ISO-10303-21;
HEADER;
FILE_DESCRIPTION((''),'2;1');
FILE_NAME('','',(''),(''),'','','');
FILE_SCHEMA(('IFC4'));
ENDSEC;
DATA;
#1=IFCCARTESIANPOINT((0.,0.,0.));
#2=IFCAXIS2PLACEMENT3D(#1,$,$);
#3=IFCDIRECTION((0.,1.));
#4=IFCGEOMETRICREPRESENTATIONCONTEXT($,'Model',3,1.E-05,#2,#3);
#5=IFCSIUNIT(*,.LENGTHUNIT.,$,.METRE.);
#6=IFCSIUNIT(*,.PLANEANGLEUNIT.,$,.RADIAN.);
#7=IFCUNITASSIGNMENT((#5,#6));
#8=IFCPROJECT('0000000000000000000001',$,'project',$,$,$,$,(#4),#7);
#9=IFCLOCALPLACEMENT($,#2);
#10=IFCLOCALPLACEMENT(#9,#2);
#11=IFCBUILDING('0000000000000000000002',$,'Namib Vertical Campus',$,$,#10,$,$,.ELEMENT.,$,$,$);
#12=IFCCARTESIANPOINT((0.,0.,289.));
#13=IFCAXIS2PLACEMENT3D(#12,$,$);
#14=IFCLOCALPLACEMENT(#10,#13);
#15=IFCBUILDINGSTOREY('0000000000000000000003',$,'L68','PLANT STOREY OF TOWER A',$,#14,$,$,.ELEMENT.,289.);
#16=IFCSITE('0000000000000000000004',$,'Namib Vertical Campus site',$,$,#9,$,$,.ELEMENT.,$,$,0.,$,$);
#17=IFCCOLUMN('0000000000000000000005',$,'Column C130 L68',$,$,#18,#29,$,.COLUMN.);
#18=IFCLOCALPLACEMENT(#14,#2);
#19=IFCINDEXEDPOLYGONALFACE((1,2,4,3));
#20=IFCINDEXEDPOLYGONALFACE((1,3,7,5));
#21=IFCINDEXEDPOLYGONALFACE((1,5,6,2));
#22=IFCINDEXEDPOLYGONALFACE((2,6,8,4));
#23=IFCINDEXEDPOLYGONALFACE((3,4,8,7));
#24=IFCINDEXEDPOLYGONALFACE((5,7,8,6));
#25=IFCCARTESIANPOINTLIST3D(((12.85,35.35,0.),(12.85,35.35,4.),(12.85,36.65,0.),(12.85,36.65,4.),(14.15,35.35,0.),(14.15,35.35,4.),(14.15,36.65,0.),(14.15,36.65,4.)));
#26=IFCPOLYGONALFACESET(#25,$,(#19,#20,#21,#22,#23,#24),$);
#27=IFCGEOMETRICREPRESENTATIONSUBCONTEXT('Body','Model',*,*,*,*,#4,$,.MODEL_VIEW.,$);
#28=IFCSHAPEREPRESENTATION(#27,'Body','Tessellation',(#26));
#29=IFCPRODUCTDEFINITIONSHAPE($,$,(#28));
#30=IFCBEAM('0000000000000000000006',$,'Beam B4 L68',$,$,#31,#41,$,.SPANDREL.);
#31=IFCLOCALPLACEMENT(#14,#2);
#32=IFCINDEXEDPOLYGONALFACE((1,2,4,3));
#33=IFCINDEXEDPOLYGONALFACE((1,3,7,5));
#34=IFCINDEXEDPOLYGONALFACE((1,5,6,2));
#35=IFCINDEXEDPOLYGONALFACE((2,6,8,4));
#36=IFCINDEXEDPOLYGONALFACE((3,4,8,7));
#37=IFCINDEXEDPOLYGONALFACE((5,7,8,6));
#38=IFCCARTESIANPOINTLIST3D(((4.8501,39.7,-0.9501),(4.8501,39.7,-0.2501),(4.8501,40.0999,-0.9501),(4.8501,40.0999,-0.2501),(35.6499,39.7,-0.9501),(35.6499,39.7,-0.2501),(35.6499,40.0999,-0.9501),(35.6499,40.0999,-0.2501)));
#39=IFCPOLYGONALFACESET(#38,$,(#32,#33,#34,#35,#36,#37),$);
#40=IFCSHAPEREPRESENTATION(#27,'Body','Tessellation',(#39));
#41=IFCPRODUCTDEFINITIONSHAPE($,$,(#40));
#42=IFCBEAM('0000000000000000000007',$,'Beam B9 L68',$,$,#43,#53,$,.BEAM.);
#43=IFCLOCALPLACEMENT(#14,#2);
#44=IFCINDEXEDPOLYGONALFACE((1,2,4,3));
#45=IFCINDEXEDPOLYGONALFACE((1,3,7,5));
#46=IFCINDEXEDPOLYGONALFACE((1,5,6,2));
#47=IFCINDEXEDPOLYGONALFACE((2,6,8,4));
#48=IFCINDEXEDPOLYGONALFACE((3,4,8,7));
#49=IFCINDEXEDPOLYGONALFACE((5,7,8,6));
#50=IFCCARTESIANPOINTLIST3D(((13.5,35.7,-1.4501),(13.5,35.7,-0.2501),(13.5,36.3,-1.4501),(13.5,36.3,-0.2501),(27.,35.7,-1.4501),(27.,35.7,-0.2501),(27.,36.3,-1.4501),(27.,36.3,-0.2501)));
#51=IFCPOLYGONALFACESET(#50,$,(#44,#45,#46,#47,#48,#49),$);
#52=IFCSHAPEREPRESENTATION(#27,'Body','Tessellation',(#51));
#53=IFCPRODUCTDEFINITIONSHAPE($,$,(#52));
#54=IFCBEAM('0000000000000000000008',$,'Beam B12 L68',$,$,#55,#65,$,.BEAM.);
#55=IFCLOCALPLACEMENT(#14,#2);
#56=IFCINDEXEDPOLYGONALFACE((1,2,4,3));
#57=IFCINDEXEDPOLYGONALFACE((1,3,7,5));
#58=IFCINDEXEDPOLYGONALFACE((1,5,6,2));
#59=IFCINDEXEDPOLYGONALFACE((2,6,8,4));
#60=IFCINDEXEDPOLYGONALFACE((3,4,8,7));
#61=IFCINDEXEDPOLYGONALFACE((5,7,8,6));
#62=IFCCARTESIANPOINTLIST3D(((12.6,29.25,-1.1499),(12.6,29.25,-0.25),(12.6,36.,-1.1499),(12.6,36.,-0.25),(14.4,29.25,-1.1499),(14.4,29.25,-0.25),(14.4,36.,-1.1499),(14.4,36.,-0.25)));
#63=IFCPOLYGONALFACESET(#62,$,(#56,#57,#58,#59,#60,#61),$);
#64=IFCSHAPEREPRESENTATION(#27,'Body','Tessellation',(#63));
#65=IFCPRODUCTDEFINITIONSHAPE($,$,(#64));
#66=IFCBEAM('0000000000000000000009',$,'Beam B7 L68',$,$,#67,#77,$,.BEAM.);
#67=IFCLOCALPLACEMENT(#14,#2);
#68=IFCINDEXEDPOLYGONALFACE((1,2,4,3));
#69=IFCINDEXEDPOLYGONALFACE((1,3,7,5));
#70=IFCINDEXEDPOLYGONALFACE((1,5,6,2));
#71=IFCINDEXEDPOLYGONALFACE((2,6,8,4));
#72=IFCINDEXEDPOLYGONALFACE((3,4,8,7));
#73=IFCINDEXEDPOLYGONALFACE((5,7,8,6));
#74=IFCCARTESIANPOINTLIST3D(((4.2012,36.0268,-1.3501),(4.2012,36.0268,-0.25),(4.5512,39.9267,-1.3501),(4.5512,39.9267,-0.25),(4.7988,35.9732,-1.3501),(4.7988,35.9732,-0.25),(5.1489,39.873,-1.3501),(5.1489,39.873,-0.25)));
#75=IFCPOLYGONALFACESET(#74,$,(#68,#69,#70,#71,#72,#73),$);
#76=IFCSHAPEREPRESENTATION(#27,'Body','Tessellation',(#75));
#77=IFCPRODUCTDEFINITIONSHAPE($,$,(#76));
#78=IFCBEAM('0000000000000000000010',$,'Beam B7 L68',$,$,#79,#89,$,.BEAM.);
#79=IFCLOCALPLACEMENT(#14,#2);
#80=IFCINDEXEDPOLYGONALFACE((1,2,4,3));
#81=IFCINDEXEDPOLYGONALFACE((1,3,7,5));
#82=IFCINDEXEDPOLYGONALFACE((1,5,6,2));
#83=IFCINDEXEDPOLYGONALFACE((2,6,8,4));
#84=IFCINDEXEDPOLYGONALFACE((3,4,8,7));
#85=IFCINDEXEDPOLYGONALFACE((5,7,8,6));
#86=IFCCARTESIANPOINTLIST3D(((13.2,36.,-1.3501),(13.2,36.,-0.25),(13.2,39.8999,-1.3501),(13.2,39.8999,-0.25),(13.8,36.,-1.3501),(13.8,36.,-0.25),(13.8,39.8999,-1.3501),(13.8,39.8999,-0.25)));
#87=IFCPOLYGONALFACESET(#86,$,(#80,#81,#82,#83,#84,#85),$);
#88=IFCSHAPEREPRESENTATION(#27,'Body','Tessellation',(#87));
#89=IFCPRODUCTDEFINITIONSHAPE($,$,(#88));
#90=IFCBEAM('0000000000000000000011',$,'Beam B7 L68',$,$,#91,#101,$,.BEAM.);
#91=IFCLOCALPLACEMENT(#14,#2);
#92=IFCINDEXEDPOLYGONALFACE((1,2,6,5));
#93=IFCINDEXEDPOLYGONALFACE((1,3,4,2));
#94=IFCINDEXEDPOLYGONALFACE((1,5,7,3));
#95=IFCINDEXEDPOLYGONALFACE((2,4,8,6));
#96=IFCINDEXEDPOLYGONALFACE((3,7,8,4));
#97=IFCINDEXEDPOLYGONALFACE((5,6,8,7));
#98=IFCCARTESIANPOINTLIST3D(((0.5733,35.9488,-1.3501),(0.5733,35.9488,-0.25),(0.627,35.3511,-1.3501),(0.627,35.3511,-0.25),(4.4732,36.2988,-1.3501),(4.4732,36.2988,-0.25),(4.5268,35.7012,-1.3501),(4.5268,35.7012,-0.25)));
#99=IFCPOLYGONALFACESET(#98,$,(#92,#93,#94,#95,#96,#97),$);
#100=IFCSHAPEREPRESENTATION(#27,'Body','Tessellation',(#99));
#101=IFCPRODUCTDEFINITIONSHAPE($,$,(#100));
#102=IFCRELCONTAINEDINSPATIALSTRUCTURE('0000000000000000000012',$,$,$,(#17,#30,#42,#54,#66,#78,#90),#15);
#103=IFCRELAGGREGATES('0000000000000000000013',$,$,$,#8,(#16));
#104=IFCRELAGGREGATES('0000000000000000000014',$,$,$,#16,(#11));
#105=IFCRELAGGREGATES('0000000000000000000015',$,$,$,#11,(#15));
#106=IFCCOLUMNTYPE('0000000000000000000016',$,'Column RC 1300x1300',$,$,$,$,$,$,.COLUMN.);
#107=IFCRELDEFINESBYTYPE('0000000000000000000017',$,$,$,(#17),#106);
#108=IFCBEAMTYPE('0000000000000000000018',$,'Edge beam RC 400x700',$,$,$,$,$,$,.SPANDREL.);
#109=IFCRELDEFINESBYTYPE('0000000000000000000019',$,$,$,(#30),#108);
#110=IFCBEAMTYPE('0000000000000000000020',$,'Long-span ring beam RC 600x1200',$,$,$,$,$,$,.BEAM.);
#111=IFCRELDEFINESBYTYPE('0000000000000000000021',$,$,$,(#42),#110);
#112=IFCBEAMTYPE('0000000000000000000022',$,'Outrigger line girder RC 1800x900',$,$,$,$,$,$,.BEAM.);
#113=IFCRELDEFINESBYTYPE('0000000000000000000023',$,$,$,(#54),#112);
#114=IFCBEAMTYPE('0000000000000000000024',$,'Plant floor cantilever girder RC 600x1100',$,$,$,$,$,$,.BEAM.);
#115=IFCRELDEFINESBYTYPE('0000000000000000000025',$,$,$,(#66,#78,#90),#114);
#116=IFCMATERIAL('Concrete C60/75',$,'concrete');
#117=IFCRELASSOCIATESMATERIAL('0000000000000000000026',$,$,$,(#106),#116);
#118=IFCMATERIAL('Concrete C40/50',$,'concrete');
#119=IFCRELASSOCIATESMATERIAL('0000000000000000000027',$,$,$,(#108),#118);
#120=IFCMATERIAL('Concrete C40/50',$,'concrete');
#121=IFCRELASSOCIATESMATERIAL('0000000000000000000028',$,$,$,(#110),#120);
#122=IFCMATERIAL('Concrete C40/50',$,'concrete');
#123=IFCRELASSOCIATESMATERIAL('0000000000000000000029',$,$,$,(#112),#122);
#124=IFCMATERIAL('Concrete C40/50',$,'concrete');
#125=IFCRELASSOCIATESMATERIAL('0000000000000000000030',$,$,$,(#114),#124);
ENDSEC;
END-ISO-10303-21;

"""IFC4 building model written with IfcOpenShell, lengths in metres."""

from ifc_helpers import new_model, si_unit, direction, frame, origin, origin_2d, place, context, subcontext, project, spatial, rectangle, extrude, material, material_profile, profile_set, type_object, element, save


model = new_model("IFC4")

# Units and contexts
model_context = context("Model", 3, precision=1e-05, world=origin(), true_north=direction((0.0, 1.0)))
body_context = subcontext(model_context, "Body", "Model", "MODEL_VIEW")
ifc_project = project(units=[si_unit("LENGTHUNIT", "METRE"), si_unit("PLANEANGLEUNIT", "RADIAN")], contexts=[model_context])

# Site, building, storey
site_placement = place(None, origin())
site = spatial("IfcSite", under=ifc_project, at=site_placement, Name="Namib Vertical Campus site", CompositionType="ELEMENT", RefElevation=0.0)
building_placement = place(site_placement, origin())
building = spatial("IfcBuilding", under=site, at=building_placement, Name="Namib Vertical Campus", CompositionType="ELEMENT")
storey_placement = place(building_placement, frame((0.0, 0.0, 289.0)))
storey = spatial("IfcBuildingStorey", under=building, at=storey_placement, Name="L68", Description="PLANT STOREY OF TOWER A", CompositionType="ELEMENT", Elevation=289.0)

# Column
ifc_material_1 = material(Name="Concrete C60/75", Category="concrete")
ifc_material_profile_1 = material_profile(ifc_material_1, rectangle(XDim=1.3, YDim=1.3, at=origin_2d()))
ifc_profile_set_1 = profile_set([ifc_material_profile_1], Name="Concrete C60/75")
column_type = type_object("IfcColumnType", Name="Column RC 1300x1300", PredefinedType="COLUMN", material=ifc_profile_set_1)
column_placement = place(storey_placement, frame((13.5, 36.0, 0.0), z_axis=(0.0, 0.0, 1.0), x_axis=(1.0, 0.0, 0.0)))
element("IfcColumn", 1, at=column_placement, inside=storey, type_object=column_type, Name="Column C130 L68", PredefinedType="COLUMN", context=body_context, shape_type="SweptSolid", body=[
    extrude(rectangle(XDim=1.3, YDim=1.3, at=origin_2d()), origin(), (0.0, 0.0, 1.0), 4.0),
])

# Beams
ifc_material_2 = material(Name="Concrete C40/50", Category="concrete")
ifc_material_profile_2 = material_profile(ifc_material_2, rectangle(XDim=0.3999, YDim=0.7, at=origin_2d()))
ifc_profile_set_2 = profile_set([ifc_material_profile_2], Name="Concrete C40/50")
beam_type_1 = type_object("IfcBeamType", Name="Edge beam RC 400x700", PredefinedType="SPANDREL", material=ifc_profile_set_2)
beam_1_placement = place(storey_placement, frame((4.8501, 39.8999, -0.6001), z_axis=(1.0, 0.0, 0.0), x_axis=(0.0, 1.0, 0.0)))
element("IfcBeam", 2, at=beam_1_placement, inside=storey, type_object=beam_type_1, Name="Beam B4 L68", PredefinedType="SPANDREL", context=body_context, shape_type="SweptSolid", body=[
    extrude(rectangle(XDim=0.3999, YDim=0.7, at=origin_2d()), origin(), (0.0, 0.0, 1.0), 30.7998),
])
ifc_material_3 = material(Name="Concrete C40/50", Category="concrete")
ifc_material_profile_3 = material_profile(ifc_material_3, rectangle(XDim=0.6001, YDim=1.2, at=origin_2d()))
ifc_profile_set_3 = profile_set([ifc_material_profile_3], Name="Concrete C40/50")
beam_type_2 = type_object("IfcBeamType", Name="Long-span ring beam RC 600x1200", PredefinedType="BEAM", material=ifc_profile_set_3)
beam_2_placement = place(storey_placement, frame((13.5, 36.0, -0.8501), z_axis=(1.0, 0.0, 0.0), x_axis=(0.0, 1.0, 0.0)))
element("IfcBeam", 3, at=beam_2_placement, inside=storey, type_object=beam_type_2, Name="Beam B9 L68", PredefinedType="BEAM", context=body_context, shape_type="SweptSolid", body=[
    extrude(rectangle(XDim=0.6001, YDim=1.2, at=origin_2d()), origin(), (0.0, 0.0, 1.0), 13.5),
])
ifc_material_4 = material(Name="Concrete C40/50", Category="concrete")
ifc_material_profile_4 = material_profile(ifc_material_4, rectangle(XDim=1.8, YDim=0.8999, at=origin_2d()))
ifc_profile_set_4 = profile_set([ifc_material_profile_4], Name="Concrete C40/50")
beam_type_3 = type_object("IfcBeamType", Name="Outrigger line girder RC 1800x900", PredefinedType="BEAM", material=ifc_profile_set_4)
beam_3_placement = place(storey_placement, frame((13.5, 36.0, -0.7), z_axis=(0.0, -1.0, 0.0), x_axis=(1.0, 0.0, 0.0)))
element("IfcBeam", 4, at=beam_3_placement, inside=storey, type_object=beam_type_3, Name="Beam B12 L68", PredefinedType="BEAM", context=body_context, shape_type="SweptSolid", body=[
    extrude(rectangle(XDim=1.8, YDim=0.8999, at=origin_2d()), origin(), (0.0, 0.0, 1.0), 6.75),
])
ifc_material_5 = material(Name="Concrete C40/50", Category="concrete")
ifc_material_profile_5 = material_profile(ifc_material_5, rectangle(XDim=0.6001, YDim=1.1001, at=origin_2d()))
ifc_profile_set_5 = profile_set([ifc_material_profile_5], Name="Concrete C40/50")
beam_type_4 = type_object("IfcBeamType", Name="Plant floor cantilever girder RC 600x1100", PredefinedType="BEAM", material=ifc_profile_set_5)
beam_4_placement = place(storey_placement, frame((4.5, 36.0, -0.8), z_axis=(0.089411, 0.995995, 0.0), x_axis=(-0.995995, 0.089411, 0.0)))
element("IfcBeam", 5, at=beam_4_placement, inside=storey, type_object=beam_type_4, Name="Beam B7 L68", PredefinedType="BEAM", context=body_context, shape_type="SweptSolid", body=[
    extrude(rectangle(XDim=0.6001, YDim=1.1001, at=origin_2d()), origin(), (0.0, 0.0, 1.0), 3.9155),
])
beam_5_placement = place(storey_placement, frame((13.5, 36.0, -0.8), z_axis=(0.0, 1.0, 0.0), x_axis=(-1.0, 0.0, 0.0)))
element("IfcBeam", 6, at=beam_5_placement, inside=storey, type_object=beam_type_4, Name="Beam B7 L68", PredefinedType="BEAM", context=body_context, shape_type="SweptSolid", body=[
    extrude(rectangle(XDim=0.6001, YDim=1.1001, at=origin_2d()), origin(), (0.0, 0.0, 1.0), 3.8999),
])
beam_6_placement = place(storey_placement, frame((4.5, 36.0, -0.8), z_axis=(-0.995995, -0.089411, 0.0), x_axis=(0.089411, -0.995995, 0.0)))
element("IfcBeam", 7, at=beam_6_placement, inside=storey, type_object=beam_type_4, Name="Beam B7 L68", PredefinedType="BEAM", context=body_context, shape_type="SweptSolid", body=[
    extrude(rectangle(XDim=0.6001, YDim=1.1001, at=origin_2d()), origin(), (0.0, 0.0, 1.0), 3.9155),
])

save(model, "model.ifc")
